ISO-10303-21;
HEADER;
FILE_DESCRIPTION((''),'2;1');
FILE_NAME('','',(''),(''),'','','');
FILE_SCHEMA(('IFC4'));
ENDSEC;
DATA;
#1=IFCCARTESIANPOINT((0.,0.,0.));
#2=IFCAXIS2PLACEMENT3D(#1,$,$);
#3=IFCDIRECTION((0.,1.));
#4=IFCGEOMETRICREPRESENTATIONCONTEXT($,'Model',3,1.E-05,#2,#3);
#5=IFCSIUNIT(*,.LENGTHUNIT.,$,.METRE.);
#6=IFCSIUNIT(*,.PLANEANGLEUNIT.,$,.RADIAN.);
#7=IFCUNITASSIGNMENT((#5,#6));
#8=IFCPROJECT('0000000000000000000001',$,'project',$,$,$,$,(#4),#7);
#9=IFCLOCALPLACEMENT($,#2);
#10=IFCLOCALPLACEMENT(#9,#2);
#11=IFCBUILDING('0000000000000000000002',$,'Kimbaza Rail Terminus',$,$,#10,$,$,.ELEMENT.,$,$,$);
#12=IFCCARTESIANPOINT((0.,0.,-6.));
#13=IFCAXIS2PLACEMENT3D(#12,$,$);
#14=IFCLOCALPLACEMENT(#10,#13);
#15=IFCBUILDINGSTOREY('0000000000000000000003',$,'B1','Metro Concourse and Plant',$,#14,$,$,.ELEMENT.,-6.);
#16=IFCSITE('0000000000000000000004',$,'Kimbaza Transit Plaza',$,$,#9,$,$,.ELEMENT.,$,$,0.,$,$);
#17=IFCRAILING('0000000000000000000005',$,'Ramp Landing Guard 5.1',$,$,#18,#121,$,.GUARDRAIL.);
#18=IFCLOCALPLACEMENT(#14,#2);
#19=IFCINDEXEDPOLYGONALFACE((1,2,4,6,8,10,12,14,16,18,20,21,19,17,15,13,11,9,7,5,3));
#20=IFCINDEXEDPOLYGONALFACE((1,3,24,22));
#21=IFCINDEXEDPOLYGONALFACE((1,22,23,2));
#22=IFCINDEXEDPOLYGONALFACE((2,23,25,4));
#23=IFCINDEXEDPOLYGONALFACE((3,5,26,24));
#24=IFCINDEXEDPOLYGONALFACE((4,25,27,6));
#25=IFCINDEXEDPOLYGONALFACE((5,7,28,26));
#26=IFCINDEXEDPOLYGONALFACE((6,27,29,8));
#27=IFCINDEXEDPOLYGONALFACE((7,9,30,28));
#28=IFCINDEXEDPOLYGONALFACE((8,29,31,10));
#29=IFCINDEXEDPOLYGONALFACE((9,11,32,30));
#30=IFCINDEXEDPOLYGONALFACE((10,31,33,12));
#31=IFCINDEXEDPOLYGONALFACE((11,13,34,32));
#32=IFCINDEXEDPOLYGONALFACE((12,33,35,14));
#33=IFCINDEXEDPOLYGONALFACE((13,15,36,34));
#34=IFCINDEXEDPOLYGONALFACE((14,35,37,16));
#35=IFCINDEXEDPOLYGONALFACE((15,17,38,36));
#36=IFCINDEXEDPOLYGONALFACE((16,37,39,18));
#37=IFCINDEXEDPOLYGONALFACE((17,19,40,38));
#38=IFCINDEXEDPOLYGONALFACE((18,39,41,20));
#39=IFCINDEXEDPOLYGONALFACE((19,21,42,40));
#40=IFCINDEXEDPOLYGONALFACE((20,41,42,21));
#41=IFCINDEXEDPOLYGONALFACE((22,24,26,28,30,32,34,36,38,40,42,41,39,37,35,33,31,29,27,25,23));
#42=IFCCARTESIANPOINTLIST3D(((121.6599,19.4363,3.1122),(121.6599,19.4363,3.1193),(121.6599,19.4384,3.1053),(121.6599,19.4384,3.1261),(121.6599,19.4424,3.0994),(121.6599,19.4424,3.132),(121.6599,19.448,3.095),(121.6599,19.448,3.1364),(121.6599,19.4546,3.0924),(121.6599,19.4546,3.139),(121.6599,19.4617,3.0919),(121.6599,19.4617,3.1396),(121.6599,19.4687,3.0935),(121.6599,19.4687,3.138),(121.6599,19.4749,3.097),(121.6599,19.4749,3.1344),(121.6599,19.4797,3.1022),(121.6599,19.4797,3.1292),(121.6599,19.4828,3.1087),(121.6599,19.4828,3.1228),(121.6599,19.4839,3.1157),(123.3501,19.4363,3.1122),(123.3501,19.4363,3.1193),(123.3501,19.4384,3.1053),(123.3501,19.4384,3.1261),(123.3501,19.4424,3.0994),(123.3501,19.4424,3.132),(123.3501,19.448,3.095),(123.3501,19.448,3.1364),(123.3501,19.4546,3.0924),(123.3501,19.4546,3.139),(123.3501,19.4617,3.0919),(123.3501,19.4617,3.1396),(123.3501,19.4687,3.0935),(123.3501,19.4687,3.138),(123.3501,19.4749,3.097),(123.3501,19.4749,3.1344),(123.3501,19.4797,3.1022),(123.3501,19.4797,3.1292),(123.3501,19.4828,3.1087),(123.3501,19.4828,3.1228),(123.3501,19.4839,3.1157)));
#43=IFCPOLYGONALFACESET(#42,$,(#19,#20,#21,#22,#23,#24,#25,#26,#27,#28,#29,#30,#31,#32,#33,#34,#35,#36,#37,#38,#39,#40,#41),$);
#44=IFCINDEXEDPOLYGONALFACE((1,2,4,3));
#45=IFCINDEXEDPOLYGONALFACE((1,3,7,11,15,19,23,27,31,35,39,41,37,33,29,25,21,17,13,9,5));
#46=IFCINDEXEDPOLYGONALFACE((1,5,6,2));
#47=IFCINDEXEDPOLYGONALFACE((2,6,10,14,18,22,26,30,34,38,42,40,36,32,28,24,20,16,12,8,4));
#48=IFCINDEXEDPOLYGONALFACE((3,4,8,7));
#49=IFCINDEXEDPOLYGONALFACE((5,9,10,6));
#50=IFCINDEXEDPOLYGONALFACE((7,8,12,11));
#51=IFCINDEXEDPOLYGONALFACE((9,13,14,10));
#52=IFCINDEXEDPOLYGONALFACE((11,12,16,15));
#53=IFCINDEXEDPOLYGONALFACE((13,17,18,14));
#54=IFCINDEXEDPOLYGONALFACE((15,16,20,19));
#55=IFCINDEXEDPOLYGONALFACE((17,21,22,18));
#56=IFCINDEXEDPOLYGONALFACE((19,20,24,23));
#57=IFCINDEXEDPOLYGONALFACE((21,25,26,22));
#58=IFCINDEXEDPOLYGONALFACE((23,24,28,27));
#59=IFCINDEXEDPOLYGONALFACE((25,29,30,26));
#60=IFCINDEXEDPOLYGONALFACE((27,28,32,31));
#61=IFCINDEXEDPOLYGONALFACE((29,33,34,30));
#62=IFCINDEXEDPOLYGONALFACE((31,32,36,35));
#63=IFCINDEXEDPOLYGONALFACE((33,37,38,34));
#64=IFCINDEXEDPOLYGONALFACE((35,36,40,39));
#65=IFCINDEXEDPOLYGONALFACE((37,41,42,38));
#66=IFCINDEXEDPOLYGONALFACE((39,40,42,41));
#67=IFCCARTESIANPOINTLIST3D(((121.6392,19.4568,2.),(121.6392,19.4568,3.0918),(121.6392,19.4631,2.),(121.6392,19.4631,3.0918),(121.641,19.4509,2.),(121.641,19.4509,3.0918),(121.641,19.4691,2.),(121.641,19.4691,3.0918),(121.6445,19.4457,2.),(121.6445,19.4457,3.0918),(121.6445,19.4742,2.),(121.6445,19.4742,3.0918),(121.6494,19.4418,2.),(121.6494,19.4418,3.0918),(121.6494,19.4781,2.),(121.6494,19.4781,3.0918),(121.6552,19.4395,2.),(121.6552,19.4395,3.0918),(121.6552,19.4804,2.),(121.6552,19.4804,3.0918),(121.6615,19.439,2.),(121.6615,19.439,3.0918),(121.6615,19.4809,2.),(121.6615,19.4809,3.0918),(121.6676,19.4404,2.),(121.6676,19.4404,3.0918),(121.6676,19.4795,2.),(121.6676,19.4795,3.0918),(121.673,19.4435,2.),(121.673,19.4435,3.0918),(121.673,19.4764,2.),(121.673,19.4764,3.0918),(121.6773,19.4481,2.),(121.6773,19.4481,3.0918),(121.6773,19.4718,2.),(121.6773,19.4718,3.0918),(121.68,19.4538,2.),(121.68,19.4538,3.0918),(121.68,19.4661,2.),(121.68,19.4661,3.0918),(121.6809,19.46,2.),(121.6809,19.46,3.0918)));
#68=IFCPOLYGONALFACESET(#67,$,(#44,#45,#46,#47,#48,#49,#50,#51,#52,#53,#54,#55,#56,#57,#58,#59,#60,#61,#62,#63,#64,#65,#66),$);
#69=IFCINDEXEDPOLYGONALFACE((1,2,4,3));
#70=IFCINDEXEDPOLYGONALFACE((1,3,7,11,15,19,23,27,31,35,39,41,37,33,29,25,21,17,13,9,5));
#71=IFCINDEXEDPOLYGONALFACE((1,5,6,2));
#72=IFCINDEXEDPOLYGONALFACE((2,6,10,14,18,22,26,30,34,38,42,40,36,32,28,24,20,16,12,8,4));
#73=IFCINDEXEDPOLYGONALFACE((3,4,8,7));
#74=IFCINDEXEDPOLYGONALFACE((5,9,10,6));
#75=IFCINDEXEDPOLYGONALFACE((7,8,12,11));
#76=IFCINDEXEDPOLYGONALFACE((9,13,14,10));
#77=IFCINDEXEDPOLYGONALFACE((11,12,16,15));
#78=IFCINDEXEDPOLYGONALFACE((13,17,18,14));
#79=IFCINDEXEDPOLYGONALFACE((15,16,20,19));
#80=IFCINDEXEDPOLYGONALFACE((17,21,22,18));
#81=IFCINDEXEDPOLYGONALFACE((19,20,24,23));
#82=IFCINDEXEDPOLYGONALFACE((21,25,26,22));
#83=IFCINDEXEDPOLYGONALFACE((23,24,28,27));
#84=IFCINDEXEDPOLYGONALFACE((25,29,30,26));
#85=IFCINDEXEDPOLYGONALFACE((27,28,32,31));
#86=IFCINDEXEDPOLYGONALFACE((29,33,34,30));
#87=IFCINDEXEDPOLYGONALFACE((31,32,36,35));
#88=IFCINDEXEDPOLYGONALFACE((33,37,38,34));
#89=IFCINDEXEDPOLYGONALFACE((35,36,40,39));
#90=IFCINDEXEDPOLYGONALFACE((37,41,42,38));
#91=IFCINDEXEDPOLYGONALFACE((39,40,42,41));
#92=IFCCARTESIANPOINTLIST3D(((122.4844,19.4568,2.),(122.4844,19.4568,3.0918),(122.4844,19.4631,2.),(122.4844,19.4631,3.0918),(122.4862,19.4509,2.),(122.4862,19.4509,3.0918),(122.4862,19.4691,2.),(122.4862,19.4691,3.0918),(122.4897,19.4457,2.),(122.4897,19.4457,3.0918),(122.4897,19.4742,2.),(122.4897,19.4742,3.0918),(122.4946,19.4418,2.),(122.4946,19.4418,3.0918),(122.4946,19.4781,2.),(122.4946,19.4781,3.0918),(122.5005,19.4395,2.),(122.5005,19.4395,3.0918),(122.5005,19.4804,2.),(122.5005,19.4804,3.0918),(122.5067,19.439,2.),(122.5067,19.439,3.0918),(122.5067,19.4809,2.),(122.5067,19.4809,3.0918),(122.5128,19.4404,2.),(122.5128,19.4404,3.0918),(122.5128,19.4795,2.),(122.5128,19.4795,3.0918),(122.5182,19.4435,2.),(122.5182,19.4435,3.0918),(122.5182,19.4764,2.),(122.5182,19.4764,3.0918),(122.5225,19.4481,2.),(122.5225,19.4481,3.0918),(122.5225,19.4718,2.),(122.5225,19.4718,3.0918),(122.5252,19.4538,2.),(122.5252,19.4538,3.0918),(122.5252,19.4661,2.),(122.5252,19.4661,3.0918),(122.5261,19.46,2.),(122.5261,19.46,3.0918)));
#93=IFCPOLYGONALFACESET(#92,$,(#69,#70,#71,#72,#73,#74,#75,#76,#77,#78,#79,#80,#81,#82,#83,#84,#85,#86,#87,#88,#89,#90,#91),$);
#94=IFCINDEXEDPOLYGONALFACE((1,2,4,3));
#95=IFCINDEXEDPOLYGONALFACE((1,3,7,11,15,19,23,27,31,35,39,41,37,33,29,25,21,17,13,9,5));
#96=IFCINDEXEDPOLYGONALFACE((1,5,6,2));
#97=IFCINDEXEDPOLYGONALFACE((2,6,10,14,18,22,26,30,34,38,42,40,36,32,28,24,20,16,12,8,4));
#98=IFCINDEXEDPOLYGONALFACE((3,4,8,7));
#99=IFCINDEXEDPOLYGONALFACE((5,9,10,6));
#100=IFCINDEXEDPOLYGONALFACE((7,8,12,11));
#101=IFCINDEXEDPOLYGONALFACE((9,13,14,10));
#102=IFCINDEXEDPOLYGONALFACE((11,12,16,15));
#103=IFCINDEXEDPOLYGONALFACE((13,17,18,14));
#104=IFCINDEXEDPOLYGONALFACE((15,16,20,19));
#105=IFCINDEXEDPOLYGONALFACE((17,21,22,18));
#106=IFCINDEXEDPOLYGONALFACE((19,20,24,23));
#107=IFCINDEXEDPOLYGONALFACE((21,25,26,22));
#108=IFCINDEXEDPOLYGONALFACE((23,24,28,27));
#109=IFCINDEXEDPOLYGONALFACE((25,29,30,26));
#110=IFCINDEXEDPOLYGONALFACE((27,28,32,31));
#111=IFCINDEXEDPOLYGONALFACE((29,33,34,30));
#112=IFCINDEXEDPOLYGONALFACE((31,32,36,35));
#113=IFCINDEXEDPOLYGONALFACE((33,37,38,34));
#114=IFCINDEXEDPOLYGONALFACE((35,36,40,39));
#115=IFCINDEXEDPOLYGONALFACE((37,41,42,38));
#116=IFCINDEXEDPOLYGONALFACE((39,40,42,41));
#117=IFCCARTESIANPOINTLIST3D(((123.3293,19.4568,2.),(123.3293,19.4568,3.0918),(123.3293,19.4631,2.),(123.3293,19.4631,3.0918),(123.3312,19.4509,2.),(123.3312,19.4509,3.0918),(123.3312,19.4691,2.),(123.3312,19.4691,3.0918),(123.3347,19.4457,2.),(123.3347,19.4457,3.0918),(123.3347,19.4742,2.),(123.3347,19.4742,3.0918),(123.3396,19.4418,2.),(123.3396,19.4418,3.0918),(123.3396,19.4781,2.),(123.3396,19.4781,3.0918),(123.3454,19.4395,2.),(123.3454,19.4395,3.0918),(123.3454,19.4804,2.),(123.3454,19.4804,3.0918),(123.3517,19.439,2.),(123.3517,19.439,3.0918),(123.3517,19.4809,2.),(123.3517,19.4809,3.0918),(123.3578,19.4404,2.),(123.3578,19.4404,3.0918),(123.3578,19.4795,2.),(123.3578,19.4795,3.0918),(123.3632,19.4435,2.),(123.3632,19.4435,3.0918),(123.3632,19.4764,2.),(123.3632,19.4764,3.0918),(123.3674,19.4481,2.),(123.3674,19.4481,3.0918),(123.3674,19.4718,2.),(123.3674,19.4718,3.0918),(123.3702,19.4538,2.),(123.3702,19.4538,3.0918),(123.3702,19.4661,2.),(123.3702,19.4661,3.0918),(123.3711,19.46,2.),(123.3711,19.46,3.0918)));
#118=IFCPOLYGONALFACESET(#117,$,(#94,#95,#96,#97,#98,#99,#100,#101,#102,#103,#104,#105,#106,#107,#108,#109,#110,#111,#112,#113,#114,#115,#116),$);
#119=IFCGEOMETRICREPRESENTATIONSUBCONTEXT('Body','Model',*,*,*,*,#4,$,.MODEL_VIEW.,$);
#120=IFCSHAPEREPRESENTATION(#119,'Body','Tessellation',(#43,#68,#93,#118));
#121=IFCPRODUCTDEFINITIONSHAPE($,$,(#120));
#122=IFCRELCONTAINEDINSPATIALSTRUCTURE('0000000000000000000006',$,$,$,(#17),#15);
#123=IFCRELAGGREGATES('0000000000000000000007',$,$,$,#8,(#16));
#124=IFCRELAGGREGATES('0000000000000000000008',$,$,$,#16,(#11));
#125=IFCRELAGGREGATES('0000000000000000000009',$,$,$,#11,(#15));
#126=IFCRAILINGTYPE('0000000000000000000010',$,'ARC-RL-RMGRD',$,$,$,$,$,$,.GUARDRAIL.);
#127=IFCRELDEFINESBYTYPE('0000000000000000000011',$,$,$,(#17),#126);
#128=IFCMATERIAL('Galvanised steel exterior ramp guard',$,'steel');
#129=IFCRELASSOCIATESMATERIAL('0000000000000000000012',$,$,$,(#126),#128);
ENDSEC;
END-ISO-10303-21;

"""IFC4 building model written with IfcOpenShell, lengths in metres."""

from ifc_helpers import new_model, si_unit, direction, frame, origin, origin_2d, place, context, subcontext, project, spatial, circle, extrude, material, type_object, element, save


model = new_model("IFC4")

# Units and contexts
model_context = context("Model", 3, precision=1e-05, world=origin(), true_north=direction((0.0, 1.0)))
body_context = subcontext(model_context, "Body", "Model", "MODEL_VIEW")
ifc_project = project(units=[si_unit("LENGTHUNIT", "METRE"), si_unit("PLANEANGLEUNIT", "RADIAN")], contexts=[model_context])

# Site, building, storey
site_placement = place(None, origin())
site = spatial("IfcSite", under=ifc_project, at=site_placement, Name="Kimbaza Transit Plaza", CompositionType="ELEMENT", RefElevation=0.0)
building_placement = place(site_placement, origin())
building = spatial("IfcBuilding", under=site, at=building_placement, Name="Kimbaza Rail Terminus", CompositionType="ELEMENT")
storey_placement = place(building_placement, frame((0.0, 0.0, -6.0)))
storey = spatial("IfcBuildingStorey", under=building, at=storey_placement, Name="B1", Description="Metro Concourse and Plant", CompositionType="ELEMENT", Elevation=-6.0)

# Railing
ifc_material_1 = material(Name="Galvanised steel exterior ramp guard", Category="steel")
railing_type_1 = type_object("IfcRailingType", Name="ARC-RL-RMGRD", PredefinedType="GUARDRAIL", material=ifc_material_1)
railing_1_placement = place(storey_placement, frame((121.6599, 19.46, 2.0)))
element("IfcRailing", 1, at=railing_1_placement, inside=storey, type_object=railing_type_1, Name="Ramp Landing Guard 5.1", PredefinedType="GUARDRAIL", context=body_context, shape_type="SweptSolid", body=[
    extrude(circle(Radius=0.0239, at=origin_2d()), frame((0.0, 0.0, 1.1157), z_axis=(1.0, 0.0, 0.0), x_axis=(0.0, 1.0, 0.0)), (0.0, 0.0, 1.0), 1.6902),
    extrude(circle(Radius=0.021, at=origin_2d()), origin(), (0.0, 0.0, 1.0), 1.0918),
    extrude(circle(Radius=0.021, at=origin_2d()), frame((0.8452, 0.0, 0.0)), (0.0, 0.0, 1.0), 1.0918),
    extrude(circle(Radius=0.021, at=origin_2d()), frame((1.6902, 0.0, 0.0)), (0.0, 0.0, 1.0), 1.0918),
])

save(model, "model.ifc")
